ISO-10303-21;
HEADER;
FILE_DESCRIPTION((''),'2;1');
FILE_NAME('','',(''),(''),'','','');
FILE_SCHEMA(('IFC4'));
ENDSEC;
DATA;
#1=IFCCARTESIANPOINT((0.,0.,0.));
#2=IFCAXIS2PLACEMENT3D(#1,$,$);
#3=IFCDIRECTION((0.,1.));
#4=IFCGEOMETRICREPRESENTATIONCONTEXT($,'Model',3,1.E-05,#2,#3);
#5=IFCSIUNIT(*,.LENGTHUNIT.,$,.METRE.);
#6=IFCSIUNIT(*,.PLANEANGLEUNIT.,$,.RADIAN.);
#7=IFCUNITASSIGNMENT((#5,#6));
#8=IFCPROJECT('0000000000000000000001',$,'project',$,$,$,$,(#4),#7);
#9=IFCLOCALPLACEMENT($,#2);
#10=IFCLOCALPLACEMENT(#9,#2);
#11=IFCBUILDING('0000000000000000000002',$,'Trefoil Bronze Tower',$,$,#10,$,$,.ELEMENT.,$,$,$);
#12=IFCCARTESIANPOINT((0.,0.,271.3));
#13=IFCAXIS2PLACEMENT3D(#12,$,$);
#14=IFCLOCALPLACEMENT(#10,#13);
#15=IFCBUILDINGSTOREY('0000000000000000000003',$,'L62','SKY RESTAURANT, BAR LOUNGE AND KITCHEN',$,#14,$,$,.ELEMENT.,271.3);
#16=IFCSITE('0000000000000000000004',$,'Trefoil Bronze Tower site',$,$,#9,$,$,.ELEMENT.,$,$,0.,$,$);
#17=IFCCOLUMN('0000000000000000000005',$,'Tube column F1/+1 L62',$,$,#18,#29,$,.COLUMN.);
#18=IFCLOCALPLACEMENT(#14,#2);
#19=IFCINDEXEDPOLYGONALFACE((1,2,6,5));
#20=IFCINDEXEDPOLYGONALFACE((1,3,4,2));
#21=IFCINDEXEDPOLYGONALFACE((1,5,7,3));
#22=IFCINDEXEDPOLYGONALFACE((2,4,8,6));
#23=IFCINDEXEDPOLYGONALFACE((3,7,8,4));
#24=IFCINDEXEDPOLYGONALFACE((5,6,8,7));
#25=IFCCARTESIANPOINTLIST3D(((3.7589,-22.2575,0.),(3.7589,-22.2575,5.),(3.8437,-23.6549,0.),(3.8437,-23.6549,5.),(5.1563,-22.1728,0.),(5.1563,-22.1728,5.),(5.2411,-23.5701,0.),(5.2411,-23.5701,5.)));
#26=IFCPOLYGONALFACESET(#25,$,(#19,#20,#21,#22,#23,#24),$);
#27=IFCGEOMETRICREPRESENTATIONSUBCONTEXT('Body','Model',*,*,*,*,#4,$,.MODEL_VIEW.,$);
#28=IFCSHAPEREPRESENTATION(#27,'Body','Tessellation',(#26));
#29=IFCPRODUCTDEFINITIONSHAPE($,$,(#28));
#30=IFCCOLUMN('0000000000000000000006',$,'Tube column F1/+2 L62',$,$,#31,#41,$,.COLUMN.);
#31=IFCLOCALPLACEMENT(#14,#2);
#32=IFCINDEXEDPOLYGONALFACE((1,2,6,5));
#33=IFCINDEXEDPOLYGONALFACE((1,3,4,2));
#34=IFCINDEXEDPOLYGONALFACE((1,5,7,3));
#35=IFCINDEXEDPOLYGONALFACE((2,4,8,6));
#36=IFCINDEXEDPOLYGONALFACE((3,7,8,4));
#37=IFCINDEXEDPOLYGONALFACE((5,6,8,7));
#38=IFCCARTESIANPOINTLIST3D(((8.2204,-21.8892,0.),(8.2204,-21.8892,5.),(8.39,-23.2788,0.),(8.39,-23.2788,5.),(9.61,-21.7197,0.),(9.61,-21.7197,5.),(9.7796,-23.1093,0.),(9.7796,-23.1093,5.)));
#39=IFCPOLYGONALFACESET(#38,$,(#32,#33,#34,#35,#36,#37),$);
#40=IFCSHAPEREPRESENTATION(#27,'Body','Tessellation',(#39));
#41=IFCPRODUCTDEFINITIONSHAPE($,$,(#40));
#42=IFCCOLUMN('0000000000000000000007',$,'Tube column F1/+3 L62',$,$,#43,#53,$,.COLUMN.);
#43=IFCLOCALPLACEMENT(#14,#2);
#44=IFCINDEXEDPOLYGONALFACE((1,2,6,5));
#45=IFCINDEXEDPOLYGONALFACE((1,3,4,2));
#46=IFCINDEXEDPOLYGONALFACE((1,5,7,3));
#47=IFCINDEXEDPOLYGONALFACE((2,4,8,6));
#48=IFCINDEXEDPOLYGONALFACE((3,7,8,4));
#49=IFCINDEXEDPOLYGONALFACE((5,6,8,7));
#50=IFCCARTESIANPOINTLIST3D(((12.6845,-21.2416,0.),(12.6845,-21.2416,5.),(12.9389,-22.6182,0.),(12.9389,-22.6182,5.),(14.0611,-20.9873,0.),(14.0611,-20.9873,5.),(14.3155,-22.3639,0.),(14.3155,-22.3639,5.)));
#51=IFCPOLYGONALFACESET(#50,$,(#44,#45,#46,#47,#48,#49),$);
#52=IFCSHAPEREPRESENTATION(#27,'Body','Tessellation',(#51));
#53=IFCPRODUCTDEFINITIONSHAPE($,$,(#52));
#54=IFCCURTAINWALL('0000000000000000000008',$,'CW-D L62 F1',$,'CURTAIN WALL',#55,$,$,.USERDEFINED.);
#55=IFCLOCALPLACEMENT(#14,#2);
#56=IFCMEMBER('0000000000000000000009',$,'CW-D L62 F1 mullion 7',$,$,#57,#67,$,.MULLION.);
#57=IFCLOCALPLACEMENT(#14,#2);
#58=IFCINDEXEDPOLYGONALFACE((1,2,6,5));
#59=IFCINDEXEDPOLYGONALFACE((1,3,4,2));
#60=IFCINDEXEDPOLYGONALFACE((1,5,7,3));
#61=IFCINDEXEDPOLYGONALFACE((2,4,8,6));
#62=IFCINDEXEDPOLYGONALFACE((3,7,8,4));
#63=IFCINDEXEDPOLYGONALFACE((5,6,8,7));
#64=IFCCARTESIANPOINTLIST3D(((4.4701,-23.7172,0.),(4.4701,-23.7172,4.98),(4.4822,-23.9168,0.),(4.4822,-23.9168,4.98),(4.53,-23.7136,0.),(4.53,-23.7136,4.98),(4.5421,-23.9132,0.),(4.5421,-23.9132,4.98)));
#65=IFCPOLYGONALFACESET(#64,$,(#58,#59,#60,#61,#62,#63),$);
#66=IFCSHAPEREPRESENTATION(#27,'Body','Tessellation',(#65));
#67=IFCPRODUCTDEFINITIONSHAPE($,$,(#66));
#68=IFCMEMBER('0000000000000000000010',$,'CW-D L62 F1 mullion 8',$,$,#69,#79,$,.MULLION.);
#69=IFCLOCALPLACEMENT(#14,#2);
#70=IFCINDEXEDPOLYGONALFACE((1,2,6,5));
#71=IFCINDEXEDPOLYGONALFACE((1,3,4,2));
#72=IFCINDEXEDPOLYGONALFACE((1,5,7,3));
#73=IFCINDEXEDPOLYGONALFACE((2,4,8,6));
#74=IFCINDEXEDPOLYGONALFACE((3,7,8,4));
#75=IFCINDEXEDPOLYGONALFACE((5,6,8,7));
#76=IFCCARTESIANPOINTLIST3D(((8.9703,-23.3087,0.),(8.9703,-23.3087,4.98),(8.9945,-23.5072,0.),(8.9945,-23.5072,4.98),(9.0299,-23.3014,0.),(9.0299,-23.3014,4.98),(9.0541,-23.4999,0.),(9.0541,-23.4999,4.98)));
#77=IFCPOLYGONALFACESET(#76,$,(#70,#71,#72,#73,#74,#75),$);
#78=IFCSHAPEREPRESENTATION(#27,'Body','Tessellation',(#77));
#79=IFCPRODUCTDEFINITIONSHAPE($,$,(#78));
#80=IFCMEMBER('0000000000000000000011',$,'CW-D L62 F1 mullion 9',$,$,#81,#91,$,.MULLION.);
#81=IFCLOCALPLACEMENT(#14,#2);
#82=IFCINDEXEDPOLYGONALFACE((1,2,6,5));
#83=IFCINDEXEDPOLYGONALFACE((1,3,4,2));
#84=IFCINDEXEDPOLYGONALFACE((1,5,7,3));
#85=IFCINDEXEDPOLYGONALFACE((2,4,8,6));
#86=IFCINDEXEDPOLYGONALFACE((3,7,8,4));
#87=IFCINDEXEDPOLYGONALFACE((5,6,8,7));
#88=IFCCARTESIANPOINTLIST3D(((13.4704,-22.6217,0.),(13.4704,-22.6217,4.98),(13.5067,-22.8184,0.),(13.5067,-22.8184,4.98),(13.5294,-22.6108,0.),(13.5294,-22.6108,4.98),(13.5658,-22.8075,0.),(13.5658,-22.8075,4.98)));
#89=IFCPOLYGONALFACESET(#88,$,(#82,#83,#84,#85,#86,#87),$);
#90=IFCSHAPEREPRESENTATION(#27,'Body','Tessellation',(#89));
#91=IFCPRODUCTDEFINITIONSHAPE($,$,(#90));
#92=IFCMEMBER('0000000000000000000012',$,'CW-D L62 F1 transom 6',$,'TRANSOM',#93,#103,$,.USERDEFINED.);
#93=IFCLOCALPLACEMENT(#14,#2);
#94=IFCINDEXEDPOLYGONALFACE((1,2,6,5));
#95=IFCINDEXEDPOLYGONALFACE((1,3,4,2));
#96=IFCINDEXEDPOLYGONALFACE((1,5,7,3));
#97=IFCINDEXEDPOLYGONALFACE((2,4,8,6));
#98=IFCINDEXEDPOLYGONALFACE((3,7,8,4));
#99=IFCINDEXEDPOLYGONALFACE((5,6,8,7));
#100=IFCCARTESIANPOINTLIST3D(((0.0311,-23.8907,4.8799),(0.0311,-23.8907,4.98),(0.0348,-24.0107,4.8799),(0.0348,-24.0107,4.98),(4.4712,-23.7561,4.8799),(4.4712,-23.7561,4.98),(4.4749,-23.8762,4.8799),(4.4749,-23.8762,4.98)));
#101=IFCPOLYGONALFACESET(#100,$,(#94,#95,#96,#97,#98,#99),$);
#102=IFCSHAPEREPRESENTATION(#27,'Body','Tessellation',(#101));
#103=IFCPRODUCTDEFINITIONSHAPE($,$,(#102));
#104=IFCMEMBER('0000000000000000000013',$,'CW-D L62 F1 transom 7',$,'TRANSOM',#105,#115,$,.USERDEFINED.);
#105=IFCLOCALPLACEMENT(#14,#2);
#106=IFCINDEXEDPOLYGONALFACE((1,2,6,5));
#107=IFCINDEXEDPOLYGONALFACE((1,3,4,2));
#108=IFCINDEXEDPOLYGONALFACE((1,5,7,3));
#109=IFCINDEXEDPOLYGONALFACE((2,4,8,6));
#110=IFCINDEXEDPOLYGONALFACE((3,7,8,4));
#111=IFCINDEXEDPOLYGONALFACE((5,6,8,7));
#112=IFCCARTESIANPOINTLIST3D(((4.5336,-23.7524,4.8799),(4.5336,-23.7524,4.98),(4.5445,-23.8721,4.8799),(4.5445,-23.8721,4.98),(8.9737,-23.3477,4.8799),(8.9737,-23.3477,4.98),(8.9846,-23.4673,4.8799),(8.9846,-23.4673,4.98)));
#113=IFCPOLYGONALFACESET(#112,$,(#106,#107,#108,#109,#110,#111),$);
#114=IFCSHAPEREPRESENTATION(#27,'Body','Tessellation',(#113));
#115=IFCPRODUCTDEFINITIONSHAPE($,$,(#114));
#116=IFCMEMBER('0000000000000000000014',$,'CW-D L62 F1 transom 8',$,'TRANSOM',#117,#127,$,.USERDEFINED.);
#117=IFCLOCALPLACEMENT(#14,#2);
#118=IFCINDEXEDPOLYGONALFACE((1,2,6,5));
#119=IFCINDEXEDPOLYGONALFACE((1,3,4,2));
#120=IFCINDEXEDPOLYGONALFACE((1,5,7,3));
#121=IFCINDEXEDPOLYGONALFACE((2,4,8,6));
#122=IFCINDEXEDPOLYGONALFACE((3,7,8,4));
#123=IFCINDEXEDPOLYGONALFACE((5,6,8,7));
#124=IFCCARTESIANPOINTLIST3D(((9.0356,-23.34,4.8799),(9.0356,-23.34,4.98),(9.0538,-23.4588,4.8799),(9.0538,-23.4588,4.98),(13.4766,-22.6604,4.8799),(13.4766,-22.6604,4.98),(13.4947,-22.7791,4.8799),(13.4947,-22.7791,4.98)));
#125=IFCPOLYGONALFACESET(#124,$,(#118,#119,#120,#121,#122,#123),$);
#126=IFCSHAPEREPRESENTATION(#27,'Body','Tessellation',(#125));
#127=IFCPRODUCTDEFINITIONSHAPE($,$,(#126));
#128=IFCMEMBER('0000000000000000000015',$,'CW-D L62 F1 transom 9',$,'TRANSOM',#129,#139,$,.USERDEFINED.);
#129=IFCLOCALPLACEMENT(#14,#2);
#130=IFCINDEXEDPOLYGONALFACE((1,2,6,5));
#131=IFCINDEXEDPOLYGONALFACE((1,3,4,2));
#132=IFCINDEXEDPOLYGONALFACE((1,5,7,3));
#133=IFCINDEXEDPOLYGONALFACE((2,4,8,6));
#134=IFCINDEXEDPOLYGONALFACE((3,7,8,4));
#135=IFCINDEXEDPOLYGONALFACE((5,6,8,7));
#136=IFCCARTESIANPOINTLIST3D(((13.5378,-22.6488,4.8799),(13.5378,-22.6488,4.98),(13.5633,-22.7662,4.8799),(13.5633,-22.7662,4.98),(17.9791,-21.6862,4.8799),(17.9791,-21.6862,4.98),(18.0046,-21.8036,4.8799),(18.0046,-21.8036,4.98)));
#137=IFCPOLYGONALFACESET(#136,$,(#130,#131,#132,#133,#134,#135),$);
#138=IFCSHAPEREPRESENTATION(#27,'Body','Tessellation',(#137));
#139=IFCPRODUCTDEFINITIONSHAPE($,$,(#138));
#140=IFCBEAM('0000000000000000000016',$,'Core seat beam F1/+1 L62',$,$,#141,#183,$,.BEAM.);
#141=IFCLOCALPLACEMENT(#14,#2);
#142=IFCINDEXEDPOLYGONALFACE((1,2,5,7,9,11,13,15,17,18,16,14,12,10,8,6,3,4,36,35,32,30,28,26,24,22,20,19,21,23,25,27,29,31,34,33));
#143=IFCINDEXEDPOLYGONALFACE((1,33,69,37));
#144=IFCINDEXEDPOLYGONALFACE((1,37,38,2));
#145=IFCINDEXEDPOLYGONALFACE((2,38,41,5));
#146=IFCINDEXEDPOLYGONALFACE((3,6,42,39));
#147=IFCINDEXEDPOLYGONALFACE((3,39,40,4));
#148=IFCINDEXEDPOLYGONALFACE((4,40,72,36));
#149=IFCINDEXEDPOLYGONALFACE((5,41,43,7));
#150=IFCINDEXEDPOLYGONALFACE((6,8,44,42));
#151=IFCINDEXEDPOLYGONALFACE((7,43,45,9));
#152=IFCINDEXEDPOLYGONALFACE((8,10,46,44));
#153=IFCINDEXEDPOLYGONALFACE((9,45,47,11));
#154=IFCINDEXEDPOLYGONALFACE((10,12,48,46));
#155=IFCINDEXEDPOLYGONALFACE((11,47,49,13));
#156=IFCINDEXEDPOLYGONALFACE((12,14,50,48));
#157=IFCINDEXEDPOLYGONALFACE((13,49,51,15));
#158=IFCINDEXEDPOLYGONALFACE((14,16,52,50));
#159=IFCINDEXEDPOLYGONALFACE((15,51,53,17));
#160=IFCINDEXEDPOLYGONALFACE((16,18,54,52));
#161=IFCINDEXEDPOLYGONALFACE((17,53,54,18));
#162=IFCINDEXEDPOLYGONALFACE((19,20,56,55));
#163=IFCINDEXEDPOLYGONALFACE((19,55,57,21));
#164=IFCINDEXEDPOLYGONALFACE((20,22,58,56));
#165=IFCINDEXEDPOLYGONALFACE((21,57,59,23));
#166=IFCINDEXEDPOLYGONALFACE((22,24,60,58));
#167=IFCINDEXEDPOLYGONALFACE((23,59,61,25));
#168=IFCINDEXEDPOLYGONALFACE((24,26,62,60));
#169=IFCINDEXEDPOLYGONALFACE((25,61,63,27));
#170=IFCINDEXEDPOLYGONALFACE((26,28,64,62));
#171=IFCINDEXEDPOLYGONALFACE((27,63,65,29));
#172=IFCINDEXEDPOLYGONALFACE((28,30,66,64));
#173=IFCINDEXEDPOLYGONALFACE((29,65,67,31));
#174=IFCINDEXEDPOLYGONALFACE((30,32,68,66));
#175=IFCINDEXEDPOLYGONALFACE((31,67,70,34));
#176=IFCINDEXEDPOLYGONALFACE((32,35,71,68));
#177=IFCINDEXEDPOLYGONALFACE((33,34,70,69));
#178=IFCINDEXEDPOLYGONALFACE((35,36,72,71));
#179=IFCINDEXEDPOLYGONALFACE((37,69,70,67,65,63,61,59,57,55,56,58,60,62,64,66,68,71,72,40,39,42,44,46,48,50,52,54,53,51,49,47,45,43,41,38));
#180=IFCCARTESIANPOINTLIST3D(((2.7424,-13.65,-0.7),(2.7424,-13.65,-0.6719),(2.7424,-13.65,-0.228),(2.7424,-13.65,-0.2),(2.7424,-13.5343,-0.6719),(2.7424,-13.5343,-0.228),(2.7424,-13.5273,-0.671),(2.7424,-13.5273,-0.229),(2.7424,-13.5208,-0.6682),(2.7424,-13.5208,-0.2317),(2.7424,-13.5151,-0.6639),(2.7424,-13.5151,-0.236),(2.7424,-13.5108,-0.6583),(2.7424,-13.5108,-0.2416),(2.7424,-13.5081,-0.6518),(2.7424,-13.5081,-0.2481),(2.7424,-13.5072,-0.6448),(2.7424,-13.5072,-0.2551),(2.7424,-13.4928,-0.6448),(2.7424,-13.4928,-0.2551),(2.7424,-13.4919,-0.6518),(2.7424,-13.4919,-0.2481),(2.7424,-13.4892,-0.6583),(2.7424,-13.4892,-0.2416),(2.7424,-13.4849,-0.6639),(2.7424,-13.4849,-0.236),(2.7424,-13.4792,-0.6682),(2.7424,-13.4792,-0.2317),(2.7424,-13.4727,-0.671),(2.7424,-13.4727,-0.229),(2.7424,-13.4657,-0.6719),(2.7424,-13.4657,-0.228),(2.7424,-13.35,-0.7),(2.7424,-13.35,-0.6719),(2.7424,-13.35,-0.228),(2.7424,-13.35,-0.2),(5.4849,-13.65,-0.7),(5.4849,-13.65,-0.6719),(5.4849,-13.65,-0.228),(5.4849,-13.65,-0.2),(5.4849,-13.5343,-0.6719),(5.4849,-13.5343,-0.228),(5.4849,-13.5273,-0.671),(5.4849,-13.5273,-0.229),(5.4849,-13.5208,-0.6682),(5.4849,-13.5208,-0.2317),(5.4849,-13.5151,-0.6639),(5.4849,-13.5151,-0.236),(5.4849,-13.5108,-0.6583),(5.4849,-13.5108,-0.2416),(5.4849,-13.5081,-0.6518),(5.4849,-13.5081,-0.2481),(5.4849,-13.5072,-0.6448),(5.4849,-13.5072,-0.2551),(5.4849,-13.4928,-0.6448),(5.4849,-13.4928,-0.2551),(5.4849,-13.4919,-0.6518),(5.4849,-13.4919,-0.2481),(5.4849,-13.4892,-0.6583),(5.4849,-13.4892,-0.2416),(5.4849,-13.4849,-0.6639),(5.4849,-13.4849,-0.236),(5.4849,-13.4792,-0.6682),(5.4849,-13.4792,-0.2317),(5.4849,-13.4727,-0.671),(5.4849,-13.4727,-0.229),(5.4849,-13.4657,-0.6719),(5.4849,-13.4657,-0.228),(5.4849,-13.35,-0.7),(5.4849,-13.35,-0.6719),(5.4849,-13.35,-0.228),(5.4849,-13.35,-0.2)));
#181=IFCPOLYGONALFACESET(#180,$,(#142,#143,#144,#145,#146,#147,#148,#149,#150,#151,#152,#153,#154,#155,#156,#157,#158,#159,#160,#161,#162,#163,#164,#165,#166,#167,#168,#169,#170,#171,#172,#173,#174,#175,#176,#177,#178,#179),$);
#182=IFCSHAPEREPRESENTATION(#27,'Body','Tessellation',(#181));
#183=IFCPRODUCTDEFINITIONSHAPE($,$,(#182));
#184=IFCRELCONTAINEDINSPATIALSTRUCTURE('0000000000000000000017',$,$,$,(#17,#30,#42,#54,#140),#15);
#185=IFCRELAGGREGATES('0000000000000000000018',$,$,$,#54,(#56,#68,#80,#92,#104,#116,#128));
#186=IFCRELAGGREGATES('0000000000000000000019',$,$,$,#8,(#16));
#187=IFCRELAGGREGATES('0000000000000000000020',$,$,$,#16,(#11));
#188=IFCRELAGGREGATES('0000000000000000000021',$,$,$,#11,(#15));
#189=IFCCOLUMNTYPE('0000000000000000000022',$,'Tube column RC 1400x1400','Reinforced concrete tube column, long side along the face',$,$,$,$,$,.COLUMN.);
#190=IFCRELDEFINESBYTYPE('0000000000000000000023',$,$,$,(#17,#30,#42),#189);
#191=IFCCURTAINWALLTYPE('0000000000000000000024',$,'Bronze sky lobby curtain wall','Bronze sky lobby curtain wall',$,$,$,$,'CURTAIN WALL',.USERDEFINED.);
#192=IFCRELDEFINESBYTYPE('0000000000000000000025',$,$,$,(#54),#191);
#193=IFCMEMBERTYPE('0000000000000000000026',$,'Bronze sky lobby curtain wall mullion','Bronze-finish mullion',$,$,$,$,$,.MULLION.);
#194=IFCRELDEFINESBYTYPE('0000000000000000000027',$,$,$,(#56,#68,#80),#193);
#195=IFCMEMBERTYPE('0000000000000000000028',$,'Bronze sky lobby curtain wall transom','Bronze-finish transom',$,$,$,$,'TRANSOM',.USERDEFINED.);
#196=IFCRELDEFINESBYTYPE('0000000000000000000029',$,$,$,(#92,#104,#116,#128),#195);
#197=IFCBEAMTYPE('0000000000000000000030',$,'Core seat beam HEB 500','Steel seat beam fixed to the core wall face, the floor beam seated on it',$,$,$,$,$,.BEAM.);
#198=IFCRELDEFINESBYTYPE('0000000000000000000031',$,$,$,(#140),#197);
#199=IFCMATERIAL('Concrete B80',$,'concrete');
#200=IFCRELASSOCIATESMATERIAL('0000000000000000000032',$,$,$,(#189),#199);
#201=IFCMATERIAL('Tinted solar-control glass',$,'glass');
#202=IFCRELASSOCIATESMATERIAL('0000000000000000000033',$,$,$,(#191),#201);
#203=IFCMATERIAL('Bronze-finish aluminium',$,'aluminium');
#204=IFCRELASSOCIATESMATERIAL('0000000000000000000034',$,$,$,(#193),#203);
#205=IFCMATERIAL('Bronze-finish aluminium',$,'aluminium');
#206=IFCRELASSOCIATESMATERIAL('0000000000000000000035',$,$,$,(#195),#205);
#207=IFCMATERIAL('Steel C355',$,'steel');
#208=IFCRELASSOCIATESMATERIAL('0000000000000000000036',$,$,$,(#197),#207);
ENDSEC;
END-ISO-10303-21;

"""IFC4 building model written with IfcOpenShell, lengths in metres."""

from ifc_helpers import new_model, si_unit, direction, frame, origin, origin_2d, place, context, subcontext, project, spatial, rectangle, i_section, extrude, material, material_profile, profile_set, type_object, element, aggregate, save


model = new_model("IFC4")

# Units and contexts
model_context = context("Model", 3, precision=1e-05, world=origin(), true_north=direction((0.0, 1.0)))
body_context = subcontext(model_context, "Body", "Model", "MODEL_VIEW")
ifc_project = project(units=[si_unit("LENGTHUNIT", "METRE"), si_unit("PLANEANGLEUNIT", "RADIAN")], contexts=[model_context])

# Site, building, storey
site_placement = place(None, origin())
site = spatial("IfcSite", under=ifc_project, at=site_placement, Name="Trefoil Bronze Tower site", CompositionType="ELEMENT", RefElevation=0.0)
building_placement = place(site_placement, origin())
building = spatial("IfcBuilding", under=site, at=building_placement, Name="Trefoil Bronze Tower", CompositionType="ELEMENT")
storey_placement = place(building_placement, frame((0.0, 0.0, 271.3)))
storey = spatial("IfcBuildingStorey", under=building, at=storey_placement, Name="L62", Description="SKY RESTAURANT, BAR LOUNGE AND KITCHEN", CompositionType="ELEMENT", Elevation=271.3)

# Columns
ifc_material_1 = material(Name="Concrete B80", Category="concrete")
ifc_material_profile_1 = material_profile(ifc_material_1, rectangle(XDim=1.3999, YDim=1.3999, at=origin_2d()), Name="RC 1400x1400")
ifc_profile_set_1 = profile_set([ifc_material_profile_1], Name="Concrete B80")
column_type = type_object("IfcColumnType", Name="Tube column RC 1400x1400", Description="Reinforced concrete tube column, long side along the face", PredefinedType="COLUMN", material=ifc_profile_set_1)
for number, where, z_axis, x_axis, name in (
    (1, (4.5, -22.9138, 0.0), (0.0, 0.0, 1.0), (0.998165, 0.060554, 0.0), "Tube column F1/+1 L62"),
    (2, (9.0, -22.4993, 0.0), (0.0, 0.0, 1.0), (0.992639, 0.121109, 0.0), "Tube column F1/+2 L62"),
    (3, (13.5, -21.8027, 0.0), (0.0, 0.0, 1.0), (0.98336, 0.181667, 0.0), "Tube column F1/+3 L62"),
):
    element("IfcColumn", number, at=place(storey_placement, frame(where, z_axis=z_axis, x_axis=x_axis)), inside=storey, type_object=column_type, Name=name, PredefinedType="COLUMN", context=body_context, shape_type="SweptSolid", body=[
        extrude(rectangle(XDim=1.3999, YDim=1.3999, at=origin_2d()), origin(), (0.0, 0.0, 1.0), 5.0),
    ])

# Curtain wall, members
ifc_material_2 = material(Name="Tinted solar-control glass", Category="glass")
curtain_wall_type = type_object("IfcCurtainWallType", Name="Bronze sky lobby curtain wall", Description="Bronze sky lobby curtain wall", ElementType="CURTAIN WALL", PredefinedType="USERDEFINED", material=ifc_material_2)
curtain_wall_placement = place(storey_placement, origin())
curtain_wall = element("IfcCurtainWall", 4, at=curtain_wall_placement, inside=storey, type_object=curtain_wall_type, Name="CW-D L62 F1", ObjectType="CURTAIN WALL", PredefinedType="USERDEFINED")
ifc_material_3 = material(Name="Bronze-finish aluminium", Category="aluminium")
ifc_material_profile_2 = material_profile(ifc_material_3, rectangle(XDim=0.2, YDim=0.0601, at=origin_2d()), Name="CW-D mullion")
ifc_profile_set_2 = profile_set([ifc_material_profile_2], Name="Bronze-finish aluminium")
member_type_1 = type_object("IfcMemberType", Name="Bronze sky lobby curtain wall mullion", Description="Bronze-finish mullion", PredefinedType="MULLION", material=ifc_profile_set_2)
member_1_placement = place(storey_placement, frame((4.5061, -23.8152, 0.0), z_axis=(0.0, 0.0, 1.0), x_axis=(-0.060554, 0.998165, 0.0)))
member_1 = element("IfcMember", 5, at=member_1_placement, type_object=member_type_1, Name="CW-D L62 F1 mullion 7", PredefinedType="MULLION", context=body_context, shape_type="SweptSolid", body=[
    extrude(rectangle(XDim=0.2, YDim=0.0601, at=origin_2d()), origin(), (0.0, 0.0, 1.0), 4.98),
])
member_2_placement = place(storey_placement, frame((9.0122, -23.4043, 0.0), z_axis=(0.0, 0.0, 1.0), x_axis=(-0.121109, 0.992639, 0.0)))
member_2 = element("IfcMember", 6, at=member_2_placement, type_object=member_type_1, Name="CW-D L62 F1 mullion 8", PredefinedType="MULLION", context=body_context, shape_type="SweptSolid", body=[
    extrude(rectangle(XDim=0.2, YDim=0.0601, at=origin_2d()), origin(), (0.0, 0.0, 1.0), 4.98),
])
member_3_placement = place(storey_placement, frame((13.5181, -22.7146, 0.0), z_axis=(0.0, 0.0, 1.0), x_axis=(-0.181667, 0.98336, 0.0)))
member_3 = element("IfcMember", 7, at=member_3_placement, type_object=member_type_1, Name="CW-D L62 F1 mullion 9", PredefinedType="MULLION", context=body_context, shape_type="SweptSolid", body=[
    extrude(rectangle(XDim=0.2, YDim=0.0601, at=origin_2d()), origin(), (0.0, 0.0, 1.0), 4.98),
])
ifc_material_4 = material(Name="Bronze-finish aluminium", Category="aluminium")
ifc_material_profile_3 = material_profile(ifc_material_4, rectangle(XDim=0.1201, YDim=0.1001, at=origin_2d()), Name="CW-D transom")
ifc_profile_set_3 = profile_set([ifc_material_profile_3], Name="Bronze-finish aluminium")
member_type_2 = type_object("IfcMemberType", Name="Bronze sky lobby curtain wall transom", Description="Bronze-finish transom", ElementType="TRANSOM", PredefinedType="USERDEFINED", material=ifc_profile_set_3)
member_4_placement = place(storey_placement, frame((0.033, -23.9507, 4.9299), z_axis=(0.999541, 0.030282, 0.0), x_axis=(-0.030282, 0.999541, 0.0)))
member_4 = element("IfcMember", 8, at=member_4_placement, type_object=member_type_2, Name="CW-D L62 F1 transom 6", ObjectType="TRANSOM", PredefinedType="USERDEFINED", context=body_context, shape_type="SweptSolid", body=[
    extrude(rectangle(XDim=0.1201, YDim=0.1001, at=origin_2d()), origin(), (0.0, 0.0, 1.0), 4.4421),
])
member_5_placement = place(storey_placement, frame((4.5391, -23.8123, 4.9299), z_axis=(0.99587, 0.090788, 0.0), x_axis=(-0.090788, 0.99587, 0.0)))
member_5 = element("IfcMember", 9, at=member_5_placement, type_object=member_type_2, Name="CW-D L62 F1 transom 7", ObjectType="TRANSOM", PredefinedType="USERDEFINED", context=body_context, shape_type="SweptSolid", body=[
    extrude(rectangle(XDim=0.1201, YDim=0.1001, at=origin_2d()), origin(), (0.0, 0.0, 1.0), 4.4585),
])
member_6_placement = place(storey_placement, frame((9.0447, -23.3994, 4.9299), z_axis=(0.98849, 0.151289, 0.0), x_axis=(-0.151289, 0.98849, 0.0)))
member_6 = element("IfcMember", 10, at=member_6_placement, type_object=member_type_2, Name="CW-D L62 F1 transom 8", ObjectType="TRANSOM", PredefinedType="USERDEFINED", context=body_context, shape_type="SweptSolid", body=[
    extrude(rectangle(XDim=0.1201, YDim=0.1001, at=origin_2d()), origin(), (0.0, 0.0, 1.0), 4.4927),
])
member_7_placement = place(storey_placement, frame((13.5505, -22.7075, 4.9299), z_axis=(0.977308, 0.211825, 0.0), x_axis=(-0.211825, 0.977308, 0.0)))
member_7 = element("IfcMember", 11, at=member_7_placement, type_object=member_type_2, Name="CW-D L62 F1 transom 9", ObjectType="TRANSOM", PredefinedType="USERDEFINED", context=body_context, shape_type="SweptSolid", body=[
    extrude(rectangle(XDim=0.1201, YDim=0.1001, at=origin_2d()), origin(), (0.0, 0.0, 1.0), 4.5444),
])

# Beam
ifc_material_5 = material(Name="Steel C355", Category="steel")
ifc_material_profile_4 = material_profile(ifc_material_5, i_section(OverallWidth=0.3, OverallDepth=0.5, WebThickness=0.0144, FlangeThickness=0.0281, FilletRadius=0.0271, at=origin_2d()), Name="HEB 500")
ifc_profile_set_4 = profile_set([ifc_material_profile_4], Name="Steel C355")
beam_type_1 = type_object("IfcBeamType", Name="Core seat beam HEB 500", Description="Steel seat beam fixed to the core wall face, the floor beam seated on it", PredefinedType="BEAM", material=ifc_profile_set_4)
for number, where, z_axis, x_axis, name in (
    (12, (2.7424, -13.5, -0.45), (1.0, 0.0, 0.0), (0.0, 1.0, 0.0), "Core seat beam F1/+1 L62"),
):
    element("IfcBeam", number, at=place(storey_placement, frame(where, z_axis=z_axis, x_axis=x_axis)), inside=storey, type_object=beam_type_1, Name=name, PredefinedType="BEAM", context=body_context, shape_type="SweptSolid", body=[
        extrude(i_section(OverallWidth=0.3, OverallDepth=0.5, WebThickness=0.0144, FlangeThickness=0.0281, FilletRadius=0.0271, at=origin_2d()), origin(), (0.0, 0.0, 1.0), 2.7424),
    ])

aggregate(curtain_wall, [member_1, member_2, member_3, member_4, member_5, member_6, member_7])

save(model, "model.ifc")
